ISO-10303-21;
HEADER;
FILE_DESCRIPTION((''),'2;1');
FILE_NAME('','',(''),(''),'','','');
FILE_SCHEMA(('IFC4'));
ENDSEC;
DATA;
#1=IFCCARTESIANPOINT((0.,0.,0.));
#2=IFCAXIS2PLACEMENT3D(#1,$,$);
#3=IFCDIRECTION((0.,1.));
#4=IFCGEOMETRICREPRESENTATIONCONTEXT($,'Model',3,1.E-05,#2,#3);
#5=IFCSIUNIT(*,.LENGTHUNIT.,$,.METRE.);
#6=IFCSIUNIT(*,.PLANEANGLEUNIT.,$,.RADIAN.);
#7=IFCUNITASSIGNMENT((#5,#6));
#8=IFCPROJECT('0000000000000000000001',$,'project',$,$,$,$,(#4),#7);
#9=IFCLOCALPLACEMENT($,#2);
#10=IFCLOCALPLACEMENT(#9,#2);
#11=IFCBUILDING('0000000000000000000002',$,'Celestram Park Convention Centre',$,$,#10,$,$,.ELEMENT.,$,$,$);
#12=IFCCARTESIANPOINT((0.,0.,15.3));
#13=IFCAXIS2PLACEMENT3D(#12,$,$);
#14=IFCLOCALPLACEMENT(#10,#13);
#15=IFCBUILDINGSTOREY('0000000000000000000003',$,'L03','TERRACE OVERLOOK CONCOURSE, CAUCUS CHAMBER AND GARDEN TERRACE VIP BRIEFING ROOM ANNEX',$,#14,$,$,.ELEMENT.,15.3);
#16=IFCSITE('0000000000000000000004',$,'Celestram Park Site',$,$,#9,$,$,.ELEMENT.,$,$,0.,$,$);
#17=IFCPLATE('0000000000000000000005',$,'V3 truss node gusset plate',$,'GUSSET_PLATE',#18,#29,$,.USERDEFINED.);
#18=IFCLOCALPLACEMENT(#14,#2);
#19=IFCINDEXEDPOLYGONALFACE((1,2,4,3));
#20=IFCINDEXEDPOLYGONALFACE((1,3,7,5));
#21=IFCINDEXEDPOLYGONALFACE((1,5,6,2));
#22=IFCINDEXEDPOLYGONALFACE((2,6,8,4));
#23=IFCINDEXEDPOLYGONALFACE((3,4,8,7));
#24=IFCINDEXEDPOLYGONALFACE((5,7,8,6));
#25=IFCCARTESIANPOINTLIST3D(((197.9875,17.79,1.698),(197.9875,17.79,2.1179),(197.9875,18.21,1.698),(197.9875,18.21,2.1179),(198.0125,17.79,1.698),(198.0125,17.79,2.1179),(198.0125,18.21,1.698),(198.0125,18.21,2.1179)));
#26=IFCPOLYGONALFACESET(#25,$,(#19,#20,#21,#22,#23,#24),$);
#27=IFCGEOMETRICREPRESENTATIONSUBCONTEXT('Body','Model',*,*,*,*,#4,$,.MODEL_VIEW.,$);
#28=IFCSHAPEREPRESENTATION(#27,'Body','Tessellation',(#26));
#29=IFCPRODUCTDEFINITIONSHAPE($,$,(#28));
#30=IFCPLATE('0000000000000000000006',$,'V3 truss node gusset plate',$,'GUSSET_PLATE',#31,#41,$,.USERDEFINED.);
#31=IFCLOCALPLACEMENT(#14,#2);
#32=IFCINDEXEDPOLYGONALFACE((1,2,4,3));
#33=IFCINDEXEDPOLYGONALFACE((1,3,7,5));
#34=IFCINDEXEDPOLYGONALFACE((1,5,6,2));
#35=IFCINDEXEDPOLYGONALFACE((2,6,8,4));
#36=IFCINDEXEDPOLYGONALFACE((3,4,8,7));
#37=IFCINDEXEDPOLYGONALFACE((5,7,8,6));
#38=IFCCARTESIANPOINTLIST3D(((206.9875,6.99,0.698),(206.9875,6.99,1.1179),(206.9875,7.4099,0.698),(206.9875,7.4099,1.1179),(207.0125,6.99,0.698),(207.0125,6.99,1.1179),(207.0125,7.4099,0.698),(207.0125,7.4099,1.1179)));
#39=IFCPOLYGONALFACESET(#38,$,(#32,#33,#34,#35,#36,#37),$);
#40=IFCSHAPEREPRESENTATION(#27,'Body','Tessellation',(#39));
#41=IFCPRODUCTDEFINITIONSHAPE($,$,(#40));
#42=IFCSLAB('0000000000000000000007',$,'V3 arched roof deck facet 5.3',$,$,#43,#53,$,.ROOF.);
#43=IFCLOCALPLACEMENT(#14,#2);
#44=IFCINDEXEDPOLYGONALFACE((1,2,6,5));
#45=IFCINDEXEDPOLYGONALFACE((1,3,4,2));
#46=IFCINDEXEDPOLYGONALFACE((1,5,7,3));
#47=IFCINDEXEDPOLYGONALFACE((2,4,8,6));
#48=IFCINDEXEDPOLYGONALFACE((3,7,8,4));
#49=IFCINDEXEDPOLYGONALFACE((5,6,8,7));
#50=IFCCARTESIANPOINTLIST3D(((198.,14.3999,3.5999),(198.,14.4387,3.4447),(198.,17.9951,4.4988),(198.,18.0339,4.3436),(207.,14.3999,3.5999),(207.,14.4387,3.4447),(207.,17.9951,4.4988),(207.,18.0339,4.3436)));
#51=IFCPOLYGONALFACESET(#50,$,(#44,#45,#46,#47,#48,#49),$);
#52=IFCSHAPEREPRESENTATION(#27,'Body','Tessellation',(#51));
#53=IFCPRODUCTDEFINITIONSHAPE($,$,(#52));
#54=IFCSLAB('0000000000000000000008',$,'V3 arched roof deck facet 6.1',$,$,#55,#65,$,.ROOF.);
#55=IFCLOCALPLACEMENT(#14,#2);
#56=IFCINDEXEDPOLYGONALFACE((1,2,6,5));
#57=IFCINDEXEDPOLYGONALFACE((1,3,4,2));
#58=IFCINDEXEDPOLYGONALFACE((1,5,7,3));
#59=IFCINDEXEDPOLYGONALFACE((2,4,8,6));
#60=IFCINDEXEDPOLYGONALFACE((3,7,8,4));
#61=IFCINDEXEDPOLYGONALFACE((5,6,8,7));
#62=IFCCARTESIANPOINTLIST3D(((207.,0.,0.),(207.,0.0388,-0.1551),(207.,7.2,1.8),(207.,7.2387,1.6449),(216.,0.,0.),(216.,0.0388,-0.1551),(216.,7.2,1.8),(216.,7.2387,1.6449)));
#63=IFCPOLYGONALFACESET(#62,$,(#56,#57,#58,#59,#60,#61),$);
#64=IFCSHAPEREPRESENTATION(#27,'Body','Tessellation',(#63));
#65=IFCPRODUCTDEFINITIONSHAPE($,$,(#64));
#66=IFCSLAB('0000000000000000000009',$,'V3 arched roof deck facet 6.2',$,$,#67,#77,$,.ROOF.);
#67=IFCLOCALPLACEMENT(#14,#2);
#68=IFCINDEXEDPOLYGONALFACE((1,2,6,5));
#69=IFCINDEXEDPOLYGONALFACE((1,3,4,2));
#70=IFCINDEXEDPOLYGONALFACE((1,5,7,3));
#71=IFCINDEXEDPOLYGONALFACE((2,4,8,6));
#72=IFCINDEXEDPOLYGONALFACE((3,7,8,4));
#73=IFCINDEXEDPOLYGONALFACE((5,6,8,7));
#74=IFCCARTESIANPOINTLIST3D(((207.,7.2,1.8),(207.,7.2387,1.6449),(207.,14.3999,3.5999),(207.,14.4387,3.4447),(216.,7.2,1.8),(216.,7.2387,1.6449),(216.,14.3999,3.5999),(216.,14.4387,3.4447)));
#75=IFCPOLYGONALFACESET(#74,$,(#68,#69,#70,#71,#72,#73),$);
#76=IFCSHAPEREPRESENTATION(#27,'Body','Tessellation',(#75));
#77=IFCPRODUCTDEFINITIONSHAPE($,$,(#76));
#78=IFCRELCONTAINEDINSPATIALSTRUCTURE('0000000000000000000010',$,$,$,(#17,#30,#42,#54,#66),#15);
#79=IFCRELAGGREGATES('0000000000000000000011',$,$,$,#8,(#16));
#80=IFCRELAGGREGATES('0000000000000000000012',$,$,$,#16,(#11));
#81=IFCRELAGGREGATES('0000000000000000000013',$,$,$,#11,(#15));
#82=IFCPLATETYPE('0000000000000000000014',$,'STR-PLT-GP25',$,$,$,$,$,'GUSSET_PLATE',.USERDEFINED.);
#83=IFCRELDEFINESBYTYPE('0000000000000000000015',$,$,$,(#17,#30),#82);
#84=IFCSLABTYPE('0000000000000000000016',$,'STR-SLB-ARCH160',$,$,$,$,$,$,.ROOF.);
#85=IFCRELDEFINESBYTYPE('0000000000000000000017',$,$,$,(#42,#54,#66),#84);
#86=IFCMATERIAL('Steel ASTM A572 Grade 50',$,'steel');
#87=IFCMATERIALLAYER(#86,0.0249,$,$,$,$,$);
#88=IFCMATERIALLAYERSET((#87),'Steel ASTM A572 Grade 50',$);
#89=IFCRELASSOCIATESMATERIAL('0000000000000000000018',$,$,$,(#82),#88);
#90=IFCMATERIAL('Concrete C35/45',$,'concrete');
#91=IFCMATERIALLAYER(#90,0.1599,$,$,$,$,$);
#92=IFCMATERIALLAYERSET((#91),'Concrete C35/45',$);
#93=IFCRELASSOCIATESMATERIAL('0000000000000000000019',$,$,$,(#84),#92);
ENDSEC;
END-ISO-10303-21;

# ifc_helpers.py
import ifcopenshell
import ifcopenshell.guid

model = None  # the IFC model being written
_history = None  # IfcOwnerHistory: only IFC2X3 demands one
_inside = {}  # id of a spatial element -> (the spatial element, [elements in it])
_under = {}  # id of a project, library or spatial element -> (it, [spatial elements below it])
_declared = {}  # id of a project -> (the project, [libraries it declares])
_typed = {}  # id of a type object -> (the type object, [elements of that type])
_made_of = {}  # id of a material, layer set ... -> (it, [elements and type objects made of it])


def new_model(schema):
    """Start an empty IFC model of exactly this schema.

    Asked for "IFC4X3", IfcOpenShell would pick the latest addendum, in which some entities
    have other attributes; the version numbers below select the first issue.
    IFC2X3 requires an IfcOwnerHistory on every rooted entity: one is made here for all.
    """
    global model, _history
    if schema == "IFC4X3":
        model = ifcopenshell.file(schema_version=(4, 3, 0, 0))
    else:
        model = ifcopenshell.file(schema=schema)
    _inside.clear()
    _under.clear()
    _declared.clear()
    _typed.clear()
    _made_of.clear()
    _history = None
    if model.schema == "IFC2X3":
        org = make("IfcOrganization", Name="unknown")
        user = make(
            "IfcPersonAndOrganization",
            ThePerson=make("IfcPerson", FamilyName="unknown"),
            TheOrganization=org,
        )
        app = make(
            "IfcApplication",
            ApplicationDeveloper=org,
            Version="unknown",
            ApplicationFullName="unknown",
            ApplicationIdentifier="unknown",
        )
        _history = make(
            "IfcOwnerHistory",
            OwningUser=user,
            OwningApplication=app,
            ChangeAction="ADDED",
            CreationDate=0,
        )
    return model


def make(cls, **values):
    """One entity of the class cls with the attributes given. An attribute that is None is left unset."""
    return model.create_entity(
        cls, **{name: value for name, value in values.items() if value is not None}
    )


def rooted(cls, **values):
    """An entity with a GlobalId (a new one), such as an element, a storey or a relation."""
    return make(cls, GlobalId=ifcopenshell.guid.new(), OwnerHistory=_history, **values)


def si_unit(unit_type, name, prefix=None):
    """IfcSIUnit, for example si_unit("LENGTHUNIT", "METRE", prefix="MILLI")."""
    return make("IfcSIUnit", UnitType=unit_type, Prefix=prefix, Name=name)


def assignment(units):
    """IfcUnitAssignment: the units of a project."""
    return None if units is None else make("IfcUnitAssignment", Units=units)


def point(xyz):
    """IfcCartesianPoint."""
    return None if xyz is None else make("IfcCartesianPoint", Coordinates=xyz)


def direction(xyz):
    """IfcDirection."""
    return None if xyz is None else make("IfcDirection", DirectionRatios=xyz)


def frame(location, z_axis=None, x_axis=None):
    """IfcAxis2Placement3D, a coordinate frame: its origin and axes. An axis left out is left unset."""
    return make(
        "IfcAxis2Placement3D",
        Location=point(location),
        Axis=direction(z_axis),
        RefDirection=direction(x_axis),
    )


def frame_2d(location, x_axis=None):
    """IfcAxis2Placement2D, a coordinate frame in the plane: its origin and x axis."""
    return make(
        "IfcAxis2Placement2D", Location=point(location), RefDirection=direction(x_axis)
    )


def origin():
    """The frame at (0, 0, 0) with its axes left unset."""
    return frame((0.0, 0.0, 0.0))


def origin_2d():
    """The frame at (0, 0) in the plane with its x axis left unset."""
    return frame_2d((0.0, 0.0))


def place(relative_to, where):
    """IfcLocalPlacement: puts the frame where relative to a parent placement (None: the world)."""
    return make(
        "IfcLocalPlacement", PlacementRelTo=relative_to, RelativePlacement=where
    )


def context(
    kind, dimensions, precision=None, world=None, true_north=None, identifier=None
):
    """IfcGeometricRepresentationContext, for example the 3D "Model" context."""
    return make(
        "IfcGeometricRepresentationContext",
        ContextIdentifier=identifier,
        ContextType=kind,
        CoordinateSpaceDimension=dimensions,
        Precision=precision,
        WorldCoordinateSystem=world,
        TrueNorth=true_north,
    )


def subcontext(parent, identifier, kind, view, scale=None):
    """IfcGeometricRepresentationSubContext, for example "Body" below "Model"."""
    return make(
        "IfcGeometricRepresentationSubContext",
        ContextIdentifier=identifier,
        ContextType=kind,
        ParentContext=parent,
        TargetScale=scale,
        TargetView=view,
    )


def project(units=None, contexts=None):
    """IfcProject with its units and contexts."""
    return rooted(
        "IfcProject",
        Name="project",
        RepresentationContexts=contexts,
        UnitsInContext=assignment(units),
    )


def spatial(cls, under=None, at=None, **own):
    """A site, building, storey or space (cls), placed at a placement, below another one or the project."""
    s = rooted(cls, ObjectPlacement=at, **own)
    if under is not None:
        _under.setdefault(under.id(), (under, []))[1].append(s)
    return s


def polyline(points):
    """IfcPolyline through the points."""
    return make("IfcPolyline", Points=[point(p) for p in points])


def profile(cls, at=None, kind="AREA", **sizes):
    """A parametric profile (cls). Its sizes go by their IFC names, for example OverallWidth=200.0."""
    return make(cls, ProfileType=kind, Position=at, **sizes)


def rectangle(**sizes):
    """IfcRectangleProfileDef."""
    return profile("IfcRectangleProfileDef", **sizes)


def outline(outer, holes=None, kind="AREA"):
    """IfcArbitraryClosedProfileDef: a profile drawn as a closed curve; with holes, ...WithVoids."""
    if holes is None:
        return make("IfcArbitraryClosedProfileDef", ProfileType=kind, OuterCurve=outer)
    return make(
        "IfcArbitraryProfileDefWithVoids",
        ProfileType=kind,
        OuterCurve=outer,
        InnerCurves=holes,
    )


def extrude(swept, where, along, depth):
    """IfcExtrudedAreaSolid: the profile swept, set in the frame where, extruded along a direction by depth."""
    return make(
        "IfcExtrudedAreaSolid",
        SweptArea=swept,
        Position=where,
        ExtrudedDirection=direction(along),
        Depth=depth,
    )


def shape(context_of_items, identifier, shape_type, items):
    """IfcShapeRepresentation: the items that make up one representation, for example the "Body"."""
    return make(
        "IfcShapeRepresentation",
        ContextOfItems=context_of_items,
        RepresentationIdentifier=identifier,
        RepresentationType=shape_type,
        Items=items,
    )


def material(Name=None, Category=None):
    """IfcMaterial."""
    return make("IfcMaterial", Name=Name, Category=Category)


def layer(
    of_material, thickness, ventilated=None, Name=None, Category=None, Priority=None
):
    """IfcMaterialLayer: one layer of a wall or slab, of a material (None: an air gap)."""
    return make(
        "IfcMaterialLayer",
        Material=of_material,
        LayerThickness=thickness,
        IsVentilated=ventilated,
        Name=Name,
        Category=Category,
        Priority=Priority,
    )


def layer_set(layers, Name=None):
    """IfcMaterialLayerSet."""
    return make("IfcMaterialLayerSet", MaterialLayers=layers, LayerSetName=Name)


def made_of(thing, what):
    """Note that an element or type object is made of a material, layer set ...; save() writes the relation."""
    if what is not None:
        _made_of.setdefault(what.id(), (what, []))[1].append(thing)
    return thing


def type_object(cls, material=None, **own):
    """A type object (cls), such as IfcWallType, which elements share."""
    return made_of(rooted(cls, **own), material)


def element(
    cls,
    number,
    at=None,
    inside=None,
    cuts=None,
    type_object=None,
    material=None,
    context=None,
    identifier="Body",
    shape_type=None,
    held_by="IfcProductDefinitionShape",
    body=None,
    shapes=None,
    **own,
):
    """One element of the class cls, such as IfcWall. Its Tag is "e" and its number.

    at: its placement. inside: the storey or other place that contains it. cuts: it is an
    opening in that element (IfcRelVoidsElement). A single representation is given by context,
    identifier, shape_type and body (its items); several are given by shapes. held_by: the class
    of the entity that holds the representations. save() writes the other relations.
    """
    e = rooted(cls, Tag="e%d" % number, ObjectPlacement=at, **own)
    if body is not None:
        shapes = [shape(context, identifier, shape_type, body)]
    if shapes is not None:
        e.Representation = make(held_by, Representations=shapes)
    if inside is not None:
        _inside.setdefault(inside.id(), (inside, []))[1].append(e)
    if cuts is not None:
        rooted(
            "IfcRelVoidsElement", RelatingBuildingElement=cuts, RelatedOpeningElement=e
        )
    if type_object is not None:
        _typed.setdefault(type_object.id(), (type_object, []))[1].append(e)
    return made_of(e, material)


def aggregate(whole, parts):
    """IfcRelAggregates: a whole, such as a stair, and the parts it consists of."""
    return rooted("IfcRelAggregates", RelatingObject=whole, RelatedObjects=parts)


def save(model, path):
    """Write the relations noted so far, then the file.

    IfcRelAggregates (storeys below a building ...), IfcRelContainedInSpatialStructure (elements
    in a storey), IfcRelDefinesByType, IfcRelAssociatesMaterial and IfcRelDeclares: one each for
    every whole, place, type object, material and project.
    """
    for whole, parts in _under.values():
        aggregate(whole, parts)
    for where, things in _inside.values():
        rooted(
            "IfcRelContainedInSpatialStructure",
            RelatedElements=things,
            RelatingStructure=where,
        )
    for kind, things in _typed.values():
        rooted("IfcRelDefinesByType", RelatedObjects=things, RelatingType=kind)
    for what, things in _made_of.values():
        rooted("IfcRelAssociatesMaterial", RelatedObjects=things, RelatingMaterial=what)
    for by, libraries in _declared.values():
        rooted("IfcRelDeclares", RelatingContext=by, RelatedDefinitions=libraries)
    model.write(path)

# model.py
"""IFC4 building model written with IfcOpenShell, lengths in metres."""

from ifc_helpers import new_model, si_unit, direction, frame, origin, origin_2d, place, context, subcontext, project, spatial, polyline, rectangle, outline, extrude, material, layer, layer_set, type_object, element, save


model = new_model("IFC4")

# Units and contexts
model_context = context("Model", 3, precision=1e-05, world=origin(), true_north=direction((0.0, 1.0)))
body_context = subcontext(model_context, "Body", "Model", "MODEL_VIEW")
ifc_project = project(units=[si_unit("LENGTHUNIT", "METRE"), si_unit("PLANEANGLEUNIT", "RADIAN")], contexts=[model_context])

# Site, building, storey
site_placement = place(None, origin())
site = spatial("IfcSite", under=ifc_project, at=site_placement, Name="Celestram Park Site", CompositionType="ELEMENT", RefElevation=0.0)
building_placement = place(site_placement, origin())
building = spatial("IfcBuilding", under=site, at=building_placement, Name="Celestram Park Convention Centre", CompositionType="ELEMENT")
storey_placement = place(building_placement, frame((0.0, 0.0, 15.3)))
storey = spatial("IfcBuildingStorey", under=building, at=storey_placement, Name="L03", Description="TERRACE OVERLOOK CONCOURSE, CAUCUS CHAMBER AND GARDEN TERRACE VIP BRIEFING ROOM ANNEX", CompositionType="ELEMENT", Elevation=15.3)

# Plates
ifc_material_1 = material(Name="Steel ASTM A572 Grade 50", Category="steel")
ifc_layer_1 = layer(ifc_material_1, 0.0249)
ifc_layer_set_1 = layer_set([ifc_layer_1], Name="Steel ASTM A572 Grade 50")
plate_type = type_object("IfcPlateType", Name="STR-PLT-GP25", ElementType="GUSSET_PLATE", PredefinedType="USERDEFINED", material=ifc_layer_set_1)
for number, where, z_axis, x_axis, name in (
    (1, (198.0, 18.0, 1.698), (0.0, 0.0, 1.0), (0.0, 1.0, 0.0), "V3 truss node gusset plate"),
    (2, (207.0, 7.2, 0.698), (0.0, 0.0, 1.0), (0.0, 1.0, 0.0), "V3 truss node gusset plate"),
):
    element("IfcPlate", number, at=place(storey_placement, frame(where, z_axis=z_axis, x_axis=x_axis)), inside=storey, type_object=plate_type, Name=name, ObjectType="GUSSET_PLATE", PredefinedType="USERDEFINED", context=body_context, shape_type="SweptSolid", body=[
        extrude(rectangle(XDim=0.4199, YDim=0.0249, at=origin_2d()), origin(), (0.0, 0.0, 1.0), 0.4199),
    ])

# Slabs
ifc_material_2 = material(Name="Concrete C35/45", Category="concrete")
ifc_layer_2 = layer(ifc_material_2, 0.1599)
ifc_layer_set_2 = layer_set([ifc_layer_2], Name="Concrete C35/45")
slab_type = type_object("IfcSlabType", Name="STR-SLB-ARCH160", PredefinedType="ROOF", material=ifc_layer_set_2)
slab_1_placement = place(storey_placement, frame((198.0, 14.3999, 3.5999), z_axis=(0.0, -0.242567, 0.970135), x_axis=(1.0, 0.0, 0.0)))
element("IfcSlab", 3, at=slab_1_placement, inside=storey, type_object=slab_type, Name="V3 arched roof deck facet 5.3", PredefinedType="ROOF", context=body_context, shape_type="SweptSolid", body=[
    extrude(outline(polyline([(0.0, 0.0), (9.0, 0.0), (9.0, 3.7059), (0.0, 3.7059), (0.0, 0.0)])), origin(), (0.0, 0.0, -1.0), 0.1599),
])
slab_2_placement = place(storey_placement, frame((207.0, 0.0, 0.0), z_axis=(0.0, -0.242543, 0.970141), x_axis=(1.0, 0.0, 0.0)))
element("IfcSlab", 4, at=slab_2_placement, inside=storey, type_object=slab_type, Name="V3 arched roof deck facet 6.1", PredefinedType="ROOF", context=body_context, shape_type="SweptSolid", body=[
    extrude(outline(polyline([(0.0, 0.0), (9.0, 0.0), (9.0, 7.4216), (0.0, 7.4216), (0.0, 0.0)])), origin(), (0.0, 0.0, -1.0), 0.1599),
])
slab_3_placement = place(storey_placement, frame((207.0, 7.2, 1.8), z_axis=(0.0, -0.242512, 0.970148), x_axis=(1.0, 0.0, 0.0)))
element("IfcSlab", 5, at=slab_3_placement, inside=storey, type_object=slab_type, Name="V3 arched roof deck facet 6.2", PredefinedType="ROOF", context=body_context, shape_type="SweptSolid", body=[
    extrude(outline(polyline([(0.0, 0.0), (9.0, 0.0), (9.0, 7.4215), (0.0, 7.4215), (0.0, 0.0)])), origin(), (0.0, 0.0, -1.0), 0.1599),
])

save(model, "model.ifc")
